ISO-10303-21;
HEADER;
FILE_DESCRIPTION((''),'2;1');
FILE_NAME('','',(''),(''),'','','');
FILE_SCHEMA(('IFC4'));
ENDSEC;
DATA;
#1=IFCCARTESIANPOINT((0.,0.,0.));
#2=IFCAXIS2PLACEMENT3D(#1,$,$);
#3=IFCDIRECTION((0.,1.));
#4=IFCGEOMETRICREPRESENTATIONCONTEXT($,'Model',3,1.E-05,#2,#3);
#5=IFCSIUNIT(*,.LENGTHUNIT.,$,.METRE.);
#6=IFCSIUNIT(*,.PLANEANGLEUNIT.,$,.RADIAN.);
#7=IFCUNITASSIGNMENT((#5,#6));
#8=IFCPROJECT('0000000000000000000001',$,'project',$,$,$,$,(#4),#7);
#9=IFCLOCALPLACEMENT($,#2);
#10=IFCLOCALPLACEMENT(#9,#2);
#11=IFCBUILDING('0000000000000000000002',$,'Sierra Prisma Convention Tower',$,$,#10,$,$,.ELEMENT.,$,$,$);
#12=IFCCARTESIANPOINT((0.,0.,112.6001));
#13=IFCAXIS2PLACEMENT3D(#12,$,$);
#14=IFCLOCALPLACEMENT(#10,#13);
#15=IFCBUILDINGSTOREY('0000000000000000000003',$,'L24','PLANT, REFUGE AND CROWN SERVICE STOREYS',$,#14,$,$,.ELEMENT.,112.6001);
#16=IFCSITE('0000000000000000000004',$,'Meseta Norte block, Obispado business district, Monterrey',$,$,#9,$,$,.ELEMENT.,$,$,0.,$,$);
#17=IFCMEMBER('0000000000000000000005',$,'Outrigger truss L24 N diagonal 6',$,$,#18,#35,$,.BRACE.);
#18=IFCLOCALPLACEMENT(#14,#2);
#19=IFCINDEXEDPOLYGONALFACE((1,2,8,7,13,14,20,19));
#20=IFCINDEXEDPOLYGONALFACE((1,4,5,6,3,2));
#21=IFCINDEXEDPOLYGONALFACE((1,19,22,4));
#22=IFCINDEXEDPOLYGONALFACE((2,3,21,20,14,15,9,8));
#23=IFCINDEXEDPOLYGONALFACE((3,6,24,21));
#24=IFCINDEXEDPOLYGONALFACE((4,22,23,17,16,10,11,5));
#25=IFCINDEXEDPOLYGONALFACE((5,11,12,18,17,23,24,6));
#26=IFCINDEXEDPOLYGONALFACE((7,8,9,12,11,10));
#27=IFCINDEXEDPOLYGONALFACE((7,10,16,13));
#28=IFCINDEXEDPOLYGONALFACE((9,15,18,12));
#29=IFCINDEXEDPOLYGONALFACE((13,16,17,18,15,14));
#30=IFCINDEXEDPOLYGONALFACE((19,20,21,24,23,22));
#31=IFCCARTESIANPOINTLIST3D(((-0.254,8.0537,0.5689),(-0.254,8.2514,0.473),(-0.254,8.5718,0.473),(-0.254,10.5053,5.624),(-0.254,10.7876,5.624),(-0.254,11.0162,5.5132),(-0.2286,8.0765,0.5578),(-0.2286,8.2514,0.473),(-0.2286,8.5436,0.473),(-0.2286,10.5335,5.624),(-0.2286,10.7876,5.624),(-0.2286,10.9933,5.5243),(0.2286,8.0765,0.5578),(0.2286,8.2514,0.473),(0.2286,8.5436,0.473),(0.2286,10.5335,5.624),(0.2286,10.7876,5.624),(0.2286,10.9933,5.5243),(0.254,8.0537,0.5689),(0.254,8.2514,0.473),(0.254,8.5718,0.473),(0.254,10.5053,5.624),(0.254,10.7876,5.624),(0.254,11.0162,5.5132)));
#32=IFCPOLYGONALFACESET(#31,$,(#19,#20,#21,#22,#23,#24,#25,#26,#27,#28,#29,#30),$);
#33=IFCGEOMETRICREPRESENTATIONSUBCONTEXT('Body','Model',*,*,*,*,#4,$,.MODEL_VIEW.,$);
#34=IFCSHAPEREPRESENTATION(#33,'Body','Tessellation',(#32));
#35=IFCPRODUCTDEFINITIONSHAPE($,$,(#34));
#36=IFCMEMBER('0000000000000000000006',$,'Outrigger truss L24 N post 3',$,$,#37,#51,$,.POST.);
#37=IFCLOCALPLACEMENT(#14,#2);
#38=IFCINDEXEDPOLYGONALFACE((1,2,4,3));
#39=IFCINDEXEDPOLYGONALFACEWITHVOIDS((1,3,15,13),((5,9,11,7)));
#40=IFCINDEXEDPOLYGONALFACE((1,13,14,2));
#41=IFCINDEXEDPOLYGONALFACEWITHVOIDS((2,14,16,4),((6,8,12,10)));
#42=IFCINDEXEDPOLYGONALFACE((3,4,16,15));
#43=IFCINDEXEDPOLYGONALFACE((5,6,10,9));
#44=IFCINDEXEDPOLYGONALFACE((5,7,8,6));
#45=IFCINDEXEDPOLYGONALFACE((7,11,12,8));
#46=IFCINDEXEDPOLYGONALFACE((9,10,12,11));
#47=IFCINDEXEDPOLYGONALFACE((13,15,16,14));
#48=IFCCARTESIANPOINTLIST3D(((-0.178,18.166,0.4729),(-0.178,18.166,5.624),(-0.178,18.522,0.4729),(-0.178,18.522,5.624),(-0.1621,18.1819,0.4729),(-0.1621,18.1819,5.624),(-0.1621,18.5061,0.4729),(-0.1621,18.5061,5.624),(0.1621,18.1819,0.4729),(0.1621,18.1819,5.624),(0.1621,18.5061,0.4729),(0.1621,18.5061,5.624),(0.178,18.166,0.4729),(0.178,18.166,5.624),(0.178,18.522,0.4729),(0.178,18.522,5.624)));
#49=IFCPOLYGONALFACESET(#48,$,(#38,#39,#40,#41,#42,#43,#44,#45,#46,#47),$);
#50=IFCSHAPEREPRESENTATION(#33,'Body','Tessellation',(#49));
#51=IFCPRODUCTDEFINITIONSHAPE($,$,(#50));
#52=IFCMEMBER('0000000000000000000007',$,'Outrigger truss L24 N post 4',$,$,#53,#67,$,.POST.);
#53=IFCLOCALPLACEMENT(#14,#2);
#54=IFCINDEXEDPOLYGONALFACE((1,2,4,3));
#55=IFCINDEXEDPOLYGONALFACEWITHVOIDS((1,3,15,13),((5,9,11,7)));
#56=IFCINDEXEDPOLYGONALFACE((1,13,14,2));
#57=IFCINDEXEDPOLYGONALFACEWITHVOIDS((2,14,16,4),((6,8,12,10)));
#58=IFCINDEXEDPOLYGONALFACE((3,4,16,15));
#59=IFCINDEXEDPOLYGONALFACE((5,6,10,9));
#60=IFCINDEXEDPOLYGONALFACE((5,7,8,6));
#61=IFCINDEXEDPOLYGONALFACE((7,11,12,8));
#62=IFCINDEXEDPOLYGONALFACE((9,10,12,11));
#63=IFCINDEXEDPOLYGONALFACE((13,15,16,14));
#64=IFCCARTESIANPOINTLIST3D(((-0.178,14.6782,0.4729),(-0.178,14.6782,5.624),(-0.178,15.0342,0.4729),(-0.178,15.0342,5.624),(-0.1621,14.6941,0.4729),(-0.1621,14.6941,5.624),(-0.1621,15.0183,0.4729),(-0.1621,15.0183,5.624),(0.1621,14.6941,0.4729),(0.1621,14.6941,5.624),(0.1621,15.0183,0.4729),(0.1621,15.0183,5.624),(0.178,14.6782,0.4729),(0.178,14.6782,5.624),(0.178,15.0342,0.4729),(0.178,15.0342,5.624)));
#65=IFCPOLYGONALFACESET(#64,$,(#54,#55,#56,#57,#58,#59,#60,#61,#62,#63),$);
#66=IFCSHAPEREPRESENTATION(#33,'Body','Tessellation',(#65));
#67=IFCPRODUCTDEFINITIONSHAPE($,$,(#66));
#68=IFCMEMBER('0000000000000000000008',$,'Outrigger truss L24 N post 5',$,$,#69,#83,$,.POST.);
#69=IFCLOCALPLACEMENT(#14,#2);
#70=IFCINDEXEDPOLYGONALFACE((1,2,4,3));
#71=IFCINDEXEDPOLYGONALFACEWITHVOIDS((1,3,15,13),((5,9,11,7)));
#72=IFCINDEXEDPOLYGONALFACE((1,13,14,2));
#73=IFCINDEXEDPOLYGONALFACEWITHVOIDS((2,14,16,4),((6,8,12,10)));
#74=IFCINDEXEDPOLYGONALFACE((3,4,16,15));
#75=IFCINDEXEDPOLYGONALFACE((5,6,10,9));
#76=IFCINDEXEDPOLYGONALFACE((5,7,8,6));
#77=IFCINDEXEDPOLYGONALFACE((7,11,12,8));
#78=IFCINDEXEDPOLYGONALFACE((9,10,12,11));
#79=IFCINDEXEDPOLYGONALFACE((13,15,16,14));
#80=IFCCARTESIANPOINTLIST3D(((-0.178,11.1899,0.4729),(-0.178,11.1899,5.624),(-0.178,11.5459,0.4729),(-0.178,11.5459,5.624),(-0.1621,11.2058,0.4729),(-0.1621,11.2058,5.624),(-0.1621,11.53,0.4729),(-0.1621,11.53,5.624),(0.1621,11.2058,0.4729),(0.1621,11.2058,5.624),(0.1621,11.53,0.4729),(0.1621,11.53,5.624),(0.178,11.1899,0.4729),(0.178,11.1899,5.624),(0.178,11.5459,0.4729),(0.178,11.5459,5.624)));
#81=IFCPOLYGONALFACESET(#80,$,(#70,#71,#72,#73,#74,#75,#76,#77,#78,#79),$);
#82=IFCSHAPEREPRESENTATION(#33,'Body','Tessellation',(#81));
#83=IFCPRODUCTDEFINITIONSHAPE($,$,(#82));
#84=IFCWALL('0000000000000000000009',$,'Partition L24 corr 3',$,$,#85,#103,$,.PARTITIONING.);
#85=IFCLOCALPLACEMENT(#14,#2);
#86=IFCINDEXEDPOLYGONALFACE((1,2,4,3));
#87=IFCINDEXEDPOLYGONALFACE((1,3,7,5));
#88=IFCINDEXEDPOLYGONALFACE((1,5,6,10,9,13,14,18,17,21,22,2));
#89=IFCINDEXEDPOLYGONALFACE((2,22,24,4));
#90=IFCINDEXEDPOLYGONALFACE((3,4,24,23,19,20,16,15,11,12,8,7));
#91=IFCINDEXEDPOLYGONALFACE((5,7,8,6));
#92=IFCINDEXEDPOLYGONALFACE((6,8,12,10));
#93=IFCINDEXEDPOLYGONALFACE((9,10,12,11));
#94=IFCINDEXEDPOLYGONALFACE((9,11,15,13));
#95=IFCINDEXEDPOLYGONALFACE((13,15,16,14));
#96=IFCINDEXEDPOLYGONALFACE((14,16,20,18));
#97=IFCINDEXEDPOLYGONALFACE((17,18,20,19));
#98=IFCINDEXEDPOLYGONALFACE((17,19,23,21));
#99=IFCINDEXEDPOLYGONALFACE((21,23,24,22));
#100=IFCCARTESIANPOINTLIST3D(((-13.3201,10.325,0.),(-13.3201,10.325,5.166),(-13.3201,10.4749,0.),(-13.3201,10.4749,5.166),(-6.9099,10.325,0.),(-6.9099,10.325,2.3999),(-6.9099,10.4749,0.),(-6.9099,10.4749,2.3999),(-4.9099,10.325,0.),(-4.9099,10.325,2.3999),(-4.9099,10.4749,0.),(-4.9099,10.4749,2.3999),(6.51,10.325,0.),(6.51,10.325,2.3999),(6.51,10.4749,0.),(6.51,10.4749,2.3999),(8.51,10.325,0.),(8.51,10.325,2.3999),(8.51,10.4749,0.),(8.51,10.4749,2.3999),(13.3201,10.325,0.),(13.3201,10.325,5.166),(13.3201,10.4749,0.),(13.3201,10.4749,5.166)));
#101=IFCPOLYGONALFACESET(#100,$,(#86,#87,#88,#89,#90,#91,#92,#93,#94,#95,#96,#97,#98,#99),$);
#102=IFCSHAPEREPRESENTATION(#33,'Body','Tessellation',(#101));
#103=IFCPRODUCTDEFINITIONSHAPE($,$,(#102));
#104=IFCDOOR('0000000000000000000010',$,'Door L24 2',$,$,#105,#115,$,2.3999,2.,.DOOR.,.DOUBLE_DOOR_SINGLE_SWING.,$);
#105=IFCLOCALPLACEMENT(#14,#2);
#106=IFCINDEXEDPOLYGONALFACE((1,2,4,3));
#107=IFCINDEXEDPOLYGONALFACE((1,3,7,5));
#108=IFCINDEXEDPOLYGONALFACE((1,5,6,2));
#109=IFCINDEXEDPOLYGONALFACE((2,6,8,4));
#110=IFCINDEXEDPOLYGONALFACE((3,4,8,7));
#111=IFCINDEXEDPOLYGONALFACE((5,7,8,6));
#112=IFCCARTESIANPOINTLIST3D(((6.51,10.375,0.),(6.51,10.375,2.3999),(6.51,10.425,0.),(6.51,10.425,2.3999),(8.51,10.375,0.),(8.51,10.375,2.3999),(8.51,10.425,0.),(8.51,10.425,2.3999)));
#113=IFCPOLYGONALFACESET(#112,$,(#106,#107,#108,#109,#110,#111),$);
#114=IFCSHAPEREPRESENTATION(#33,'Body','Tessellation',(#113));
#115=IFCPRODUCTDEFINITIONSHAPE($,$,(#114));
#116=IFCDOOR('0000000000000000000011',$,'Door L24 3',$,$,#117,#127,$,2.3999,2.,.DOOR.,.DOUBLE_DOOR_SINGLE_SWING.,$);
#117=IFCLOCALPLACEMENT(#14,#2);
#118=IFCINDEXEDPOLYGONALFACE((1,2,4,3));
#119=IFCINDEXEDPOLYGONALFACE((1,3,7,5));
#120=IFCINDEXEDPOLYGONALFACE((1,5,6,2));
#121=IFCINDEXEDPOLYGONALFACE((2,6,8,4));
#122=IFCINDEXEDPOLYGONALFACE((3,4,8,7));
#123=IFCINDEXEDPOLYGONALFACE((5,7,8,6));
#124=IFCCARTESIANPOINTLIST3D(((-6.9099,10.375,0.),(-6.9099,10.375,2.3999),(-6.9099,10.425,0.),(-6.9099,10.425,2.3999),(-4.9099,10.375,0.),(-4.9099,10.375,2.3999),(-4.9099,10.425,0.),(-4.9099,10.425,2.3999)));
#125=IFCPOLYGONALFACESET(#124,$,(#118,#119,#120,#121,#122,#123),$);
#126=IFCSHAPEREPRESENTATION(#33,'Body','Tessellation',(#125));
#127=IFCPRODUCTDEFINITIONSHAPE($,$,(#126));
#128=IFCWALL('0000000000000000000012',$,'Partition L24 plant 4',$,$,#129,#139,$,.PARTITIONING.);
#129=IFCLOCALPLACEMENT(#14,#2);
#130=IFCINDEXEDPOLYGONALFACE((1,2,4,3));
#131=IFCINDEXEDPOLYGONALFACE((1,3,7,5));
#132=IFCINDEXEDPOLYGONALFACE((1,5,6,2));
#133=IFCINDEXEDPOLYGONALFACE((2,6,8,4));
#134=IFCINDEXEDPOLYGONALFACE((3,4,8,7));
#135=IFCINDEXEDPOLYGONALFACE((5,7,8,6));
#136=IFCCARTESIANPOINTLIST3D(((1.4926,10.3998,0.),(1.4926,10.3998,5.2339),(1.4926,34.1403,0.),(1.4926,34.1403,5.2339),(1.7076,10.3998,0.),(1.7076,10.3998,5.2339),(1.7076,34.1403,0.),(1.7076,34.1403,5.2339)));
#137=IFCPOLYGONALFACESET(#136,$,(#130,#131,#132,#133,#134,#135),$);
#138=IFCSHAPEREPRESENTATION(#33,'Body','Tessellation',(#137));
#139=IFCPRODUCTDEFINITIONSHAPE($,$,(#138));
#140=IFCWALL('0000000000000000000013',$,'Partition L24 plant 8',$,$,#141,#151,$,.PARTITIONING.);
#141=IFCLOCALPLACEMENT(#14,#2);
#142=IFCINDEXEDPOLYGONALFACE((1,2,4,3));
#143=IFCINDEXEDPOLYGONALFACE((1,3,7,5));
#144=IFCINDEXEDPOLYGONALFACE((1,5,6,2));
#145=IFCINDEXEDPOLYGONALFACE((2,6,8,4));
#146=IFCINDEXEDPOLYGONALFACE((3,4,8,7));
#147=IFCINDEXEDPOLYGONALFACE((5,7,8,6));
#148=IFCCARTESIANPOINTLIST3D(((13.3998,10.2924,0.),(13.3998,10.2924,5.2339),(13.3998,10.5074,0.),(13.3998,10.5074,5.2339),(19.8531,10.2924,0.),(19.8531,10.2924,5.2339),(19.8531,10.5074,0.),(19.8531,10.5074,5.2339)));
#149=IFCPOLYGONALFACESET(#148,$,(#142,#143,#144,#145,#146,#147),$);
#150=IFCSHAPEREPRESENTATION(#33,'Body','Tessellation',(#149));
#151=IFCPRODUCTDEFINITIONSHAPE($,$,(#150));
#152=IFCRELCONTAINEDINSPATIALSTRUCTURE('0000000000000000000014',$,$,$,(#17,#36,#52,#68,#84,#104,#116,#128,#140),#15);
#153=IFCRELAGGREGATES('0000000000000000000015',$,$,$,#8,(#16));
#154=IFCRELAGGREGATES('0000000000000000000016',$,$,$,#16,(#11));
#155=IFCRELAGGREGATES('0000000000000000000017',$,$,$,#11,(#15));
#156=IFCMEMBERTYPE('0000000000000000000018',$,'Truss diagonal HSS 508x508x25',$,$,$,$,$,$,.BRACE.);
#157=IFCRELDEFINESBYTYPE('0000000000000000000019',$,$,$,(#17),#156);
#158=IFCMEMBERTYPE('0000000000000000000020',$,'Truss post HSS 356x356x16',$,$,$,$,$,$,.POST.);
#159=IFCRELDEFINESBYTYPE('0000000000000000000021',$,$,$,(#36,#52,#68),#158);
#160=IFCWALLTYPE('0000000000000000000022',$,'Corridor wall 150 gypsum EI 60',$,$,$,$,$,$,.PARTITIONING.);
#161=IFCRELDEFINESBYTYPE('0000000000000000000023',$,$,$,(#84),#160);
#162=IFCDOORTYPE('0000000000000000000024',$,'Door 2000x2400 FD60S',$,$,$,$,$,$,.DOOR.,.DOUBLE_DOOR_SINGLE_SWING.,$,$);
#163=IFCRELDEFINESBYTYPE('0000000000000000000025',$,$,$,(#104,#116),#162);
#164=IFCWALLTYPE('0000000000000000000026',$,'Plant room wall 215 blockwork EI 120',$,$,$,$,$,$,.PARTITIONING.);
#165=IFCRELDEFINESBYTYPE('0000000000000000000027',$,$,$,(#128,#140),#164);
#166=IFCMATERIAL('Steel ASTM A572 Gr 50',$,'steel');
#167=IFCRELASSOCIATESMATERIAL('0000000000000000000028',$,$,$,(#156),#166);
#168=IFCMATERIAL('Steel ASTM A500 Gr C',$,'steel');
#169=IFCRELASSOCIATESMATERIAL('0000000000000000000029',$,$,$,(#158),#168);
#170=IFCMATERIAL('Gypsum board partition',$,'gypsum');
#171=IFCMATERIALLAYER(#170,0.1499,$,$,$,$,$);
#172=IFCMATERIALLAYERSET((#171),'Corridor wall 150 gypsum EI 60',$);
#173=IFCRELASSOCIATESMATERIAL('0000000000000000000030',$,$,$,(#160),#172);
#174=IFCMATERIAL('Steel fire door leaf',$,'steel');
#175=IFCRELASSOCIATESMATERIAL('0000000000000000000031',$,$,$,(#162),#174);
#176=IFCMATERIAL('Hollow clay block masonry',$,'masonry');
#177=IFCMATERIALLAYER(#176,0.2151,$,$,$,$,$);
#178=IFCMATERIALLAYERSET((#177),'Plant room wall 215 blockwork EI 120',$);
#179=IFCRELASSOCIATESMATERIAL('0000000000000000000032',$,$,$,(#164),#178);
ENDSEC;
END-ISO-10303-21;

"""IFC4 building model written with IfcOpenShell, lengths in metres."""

from ifc_helpers import new_model, si_unit, direction, frame, frame_2d, origin, origin_2d, place, context, subcontext, project, spatial, rectangle, hollow_rectangle, extrude, clip, halfspace, material, layer, layer_set, material_profile, profile_set, type_object, element, fill, save


model = new_model("IFC4")

# Units and contexts
model_context = context("Model", 3, precision=1e-05, world=origin(), true_north=direction((0.0, 1.0)))
body_context = subcontext(model_context, "Body", "Model", "MODEL_VIEW")
ifc_project = project(units=[si_unit("LENGTHUNIT", "METRE"), si_unit("PLANEANGLEUNIT", "RADIAN")], contexts=[model_context])

# Site, building, storey
site_placement = place(None, origin())
site = spatial("IfcSite", under=ifc_project, at=site_placement, Name="Meseta Norte block, Obispado business district, Monterrey", CompositionType="ELEMENT", RefElevation=0.0)
building_placement = place(site_placement, origin())
building = spatial("IfcBuilding", under=site, at=building_placement, Name="Sierra Prisma Convention Tower", CompositionType="ELEMENT")
storey_placement = place(building_placement, frame((0.0, 0.0, 112.6001)))
storey = spatial("IfcBuildingStorey", under=building, at=storey_placement, Name="L24", Description="PLANT, REFUGE AND CROWN SERVICE STOREYS", CompositionType="ELEMENT", Elevation=112.6001)

# Members
ifc_material_1 = material(Name="Steel ASTM A572 Gr 50", Category="steel")
ifc_material_profile_1 = material_profile(ifc_material_1, hollow_rectangle(XDim=0.5081, YDim=0.5081, WallThickness=0.0254, at=origin_2d()), Name="Truss diagonal HSS 508x508x25")
ifc_profile_set_1 = profile_set([ifc_material_profile_1], Name="Steel ASTM A572 Gr 50")
member_type_1 = type_object("IfcMemberType", Name="Truss diagonal HSS 508x508x25", PredefinedType="BRACE", material=ifc_profile_set_1)
member_1_placement = place(storey_placement, frame((0.0, 10.7876, 5.624), z_axis=(0.0, -0.436363, -0.899771), x_axis=(1.0, 0.0, 0.0)))
element("IfcMember", 1, at=member_1_placement, inside=storey, type_object=member_type_1, Name="Outrigger truss L24 N diagonal 6", PredefinedType="BRACE", context=body_context, shape_type="SweptSolid", body=[
    clip(clip(extrude(hollow_rectangle(XDim=0.5081, YDim=0.5081, WallThickness=0.0254, at=origin_2d()), origin(), (0.0, 0.0, 1.0), 5.7415), halfspace(frame((0.0, 0.0, 0.0), z_axis=(0.0, -0.436363, 0.899771), x_axis=(1.0, 0.0, 0.0)), True)), halfspace(frame((0.0, 0.0066, 5.728), z_axis=(0.0, 0.436363, -0.899771), x_axis=(1.0, 0.0, 0.0)), True)),
])
ifc_material_2 = material(Name="Steel ASTM A500 Gr C", Category="steel")
ifc_material_profile_2 = material_profile(ifc_material_2, hollow_rectangle(XDim=0.356, YDim=0.356, WallThickness=0.0159, at=origin_2d()), Name="Truss post HSS 356x356x16")
ifc_profile_set_2 = profile_set([ifc_material_profile_2], Name="Steel ASTM A500 Gr C")
member_type_2 = type_object("IfcMemberType", Name="Truss post HSS 356x356x16", PredefinedType="POST", material=ifc_profile_set_2)
for number, where, z_axis, x_axis, name in (
    (2, (0.0, 18.344, 0.4729), (0.0, 0.0, 1.0), (1.0, 0.0, 0.0), "Outrigger truss L24 N post 3"),
    (3, (0.0, 14.8562, 0.4729), (0.0, 0.0, 1.0), (1.0, 0.0, 0.0), "Outrigger truss L24 N post 4"),
    (4, (0.0, 11.3679, 0.4729), (0.0, 0.0, 1.0), (1.0, 0.0, 0.0), "Outrigger truss L24 N post 5"),
):
    element("IfcMember", number, at=place(storey_placement, frame(where, z_axis=z_axis, x_axis=x_axis)), inside=storey, type_object=member_type_2, Name=name, PredefinedType="POST", context=body_context, shape_type="SweptSolid", body=[
        extrude(hollow_rectangle(XDim=0.356, YDim=0.356, WallThickness=0.0159, at=origin_2d()), origin(), (0.0, 0.0, 1.0), 5.1511),
    ])

# Wall, openings, doors
ifc_material_3 = material(Name="Gypsum board partition", Category="gypsum")
ifc_layer_1 = layer(ifc_material_3, 0.1499)
ifc_layer_set_1 = layer_set([ifc_layer_1], Name="Corridor wall 150 gypsum EI 60")
wall_type_1 = type_object("IfcWallType", Name="Corridor wall 150 gypsum EI 60", PredefinedType="PARTITIONING", material=ifc_layer_set_1)
wall_1_placement = place(storey_placement, frame((13.3201, 10.3999, 0.0), z_axis=(0.0, 0.0, 1.0), x_axis=(-1.0, 0.0, 0.0)))
wall_1 = element("IfcWall", 5, at=wall_1_placement, inside=storey, type_object=wall_type_1, Name="Partition L24 corr 3", PredefinedType="PARTITIONING", context=body_context, shape_type="SweptSolid", body=[
    extrude(rectangle(XDim=26.6401, YDim=0.1499, at=frame_2d((13.3201, 0.0))), origin(), (0.0, 0.0, 1.0), 5.166),
])
opening_1_placement = place(wall_1_placement, frame((4.8101, 0.0, 0.0)))
opening_1 = element("IfcOpeningElement", 6, at=opening_1_placement, cuts=wall_1, PredefinedType="OPENING", context=body_context, shape_type="SweptSolid", body=[
    extrude(rectangle(XDim=2.0, YDim=2.3999, at=frame_2d((1.0, 1.2))), frame((0.0, 0.075, 0.0), z_axis=(0.0, -1.0, 0.0), x_axis=(1.0, 0.0, 0.0)), (0.0, 0.0, 1.0), 0.1499),
])
opening_2_placement = place(wall_1_placement, frame((18.23, 0.0, 0.0)))
opening_2 = element("IfcOpeningElement", 7, at=opening_2_placement, cuts=wall_1, PredefinedType="OPENING", context=body_context, shape_type="SweptSolid", body=[
    extrude(rectangle(XDim=2.0, YDim=2.3999, at=frame_2d((1.0, 1.2))), frame((0.0, 0.075, 0.0), z_axis=(0.0, -1.0, 0.0), x_axis=(1.0, 0.0, 0.0)), (0.0, 0.0, 1.0), 0.1499),
])
ifc_material_4 = material(Name="Steel fire door leaf", Category="steel")
door_type_1 = type_object("IfcDoorType", Name="Door 2000x2400 FD60S", OperationType="DOUBLE_DOOR_SINGLE_SWING", PredefinedType="DOOR", material=ifc_material_4)
door_1_placement = place(opening_1_placement, origin())
door_1 = element("IfcDoor", 8, at=door_1_placement, inside=storey, type_object=door_type_1, Name="Door L24 2", OperationType="DOUBLE_DOOR_SINGLE_SWING", OverallHeight=2.3999, OverallWidth=2.0, PredefinedType="DOOR", context=body_context, shape_type="SweptSolid", body=[
    extrude(rectangle(XDim=2.0, YDim=2.3999, at=frame_2d((1.0, 1.2))), frame((0.0, 0.0249, 0.0), z_axis=(0.0, -1.0, 0.0), x_axis=(1.0, 0.0, 0.0)), (0.0, 0.0, 1.0), 0.05),
])
fill(opening_1, door_1)
door_2_placement = place(opening_2_placement, origin())
door_2 = element("IfcDoor", 9, at=door_2_placement, inside=storey, type_object=door_type_1, Name="Door L24 3", OperationType="DOUBLE_DOOR_SINGLE_SWING", OverallHeight=2.3999, OverallWidth=2.0, PredefinedType="DOOR", context=body_context, shape_type="SweptSolid", body=[
    extrude(rectangle(XDim=2.0, YDim=2.3999, at=frame_2d((1.0, 1.2))), frame((0.0, 0.0249, 0.0), z_axis=(0.0, -1.0, 0.0), x_axis=(1.0, 0.0, 0.0)), (0.0, 0.0, 1.0), 0.05),
])
fill(opening_2, door_2)

# Walls
ifc_material_5 = material(Name="Hollow clay block masonry", Category="masonry")
ifc_layer_2 = layer(ifc_material_5, 0.2151)
ifc_layer_set_2 = layer_set([ifc_layer_2], Name="Plant room wall 215 blockwork EI 120")
wall_type_2 = type_object("IfcWallType", Name="Plant room wall 215 blockwork EI 120", PredefinedType="PARTITIONING", material=ifc_layer_set_2)
wall_2_placement = place(storey_placement, frame((1.6001, 10.3999, 0.0), z_axis=(0.0, 0.0, 1.0), x_axis=(0.0, 1.0, 0.0)))
element("IfcWall", 10, at=wall_2_placement, inside=storey, type_object=wall_type_2, Name="Partition L24 plant 4", PredefinedType="PARTITIONING", context=body_context, shape_type="SweptSolid", body=[
    extrude(rectangle(XDim=23.7405, YDim=0.2151, at=frame_2d((11.8701, 0.0))), origin(), (0.0, 0.0, 1.0), 5.2339),
])
wall_3_placement = place(storey_placement, frame((13.3999, 10.3999, 0.0), z_axis=(0.0, 0.0, 1.0), x_axis=(1.0, 0.0, 0.0)))
element("IfcWall", 11, at=wall_3_placement, inside=storey, type_object=wall_type_2, Name="Partition L24 plant 8", PredefinedType="PARTITIONING", context=body_context, shape_type="SweptSolid", body=[
    extrude(rectangle(XDim=6.4534, YDim=0.2151, at=frame_2d((3.2266, 0.0))), origin(), (0.0, 0.0, 1.0), 5.2339),
])

save(model, "model.ifc")
